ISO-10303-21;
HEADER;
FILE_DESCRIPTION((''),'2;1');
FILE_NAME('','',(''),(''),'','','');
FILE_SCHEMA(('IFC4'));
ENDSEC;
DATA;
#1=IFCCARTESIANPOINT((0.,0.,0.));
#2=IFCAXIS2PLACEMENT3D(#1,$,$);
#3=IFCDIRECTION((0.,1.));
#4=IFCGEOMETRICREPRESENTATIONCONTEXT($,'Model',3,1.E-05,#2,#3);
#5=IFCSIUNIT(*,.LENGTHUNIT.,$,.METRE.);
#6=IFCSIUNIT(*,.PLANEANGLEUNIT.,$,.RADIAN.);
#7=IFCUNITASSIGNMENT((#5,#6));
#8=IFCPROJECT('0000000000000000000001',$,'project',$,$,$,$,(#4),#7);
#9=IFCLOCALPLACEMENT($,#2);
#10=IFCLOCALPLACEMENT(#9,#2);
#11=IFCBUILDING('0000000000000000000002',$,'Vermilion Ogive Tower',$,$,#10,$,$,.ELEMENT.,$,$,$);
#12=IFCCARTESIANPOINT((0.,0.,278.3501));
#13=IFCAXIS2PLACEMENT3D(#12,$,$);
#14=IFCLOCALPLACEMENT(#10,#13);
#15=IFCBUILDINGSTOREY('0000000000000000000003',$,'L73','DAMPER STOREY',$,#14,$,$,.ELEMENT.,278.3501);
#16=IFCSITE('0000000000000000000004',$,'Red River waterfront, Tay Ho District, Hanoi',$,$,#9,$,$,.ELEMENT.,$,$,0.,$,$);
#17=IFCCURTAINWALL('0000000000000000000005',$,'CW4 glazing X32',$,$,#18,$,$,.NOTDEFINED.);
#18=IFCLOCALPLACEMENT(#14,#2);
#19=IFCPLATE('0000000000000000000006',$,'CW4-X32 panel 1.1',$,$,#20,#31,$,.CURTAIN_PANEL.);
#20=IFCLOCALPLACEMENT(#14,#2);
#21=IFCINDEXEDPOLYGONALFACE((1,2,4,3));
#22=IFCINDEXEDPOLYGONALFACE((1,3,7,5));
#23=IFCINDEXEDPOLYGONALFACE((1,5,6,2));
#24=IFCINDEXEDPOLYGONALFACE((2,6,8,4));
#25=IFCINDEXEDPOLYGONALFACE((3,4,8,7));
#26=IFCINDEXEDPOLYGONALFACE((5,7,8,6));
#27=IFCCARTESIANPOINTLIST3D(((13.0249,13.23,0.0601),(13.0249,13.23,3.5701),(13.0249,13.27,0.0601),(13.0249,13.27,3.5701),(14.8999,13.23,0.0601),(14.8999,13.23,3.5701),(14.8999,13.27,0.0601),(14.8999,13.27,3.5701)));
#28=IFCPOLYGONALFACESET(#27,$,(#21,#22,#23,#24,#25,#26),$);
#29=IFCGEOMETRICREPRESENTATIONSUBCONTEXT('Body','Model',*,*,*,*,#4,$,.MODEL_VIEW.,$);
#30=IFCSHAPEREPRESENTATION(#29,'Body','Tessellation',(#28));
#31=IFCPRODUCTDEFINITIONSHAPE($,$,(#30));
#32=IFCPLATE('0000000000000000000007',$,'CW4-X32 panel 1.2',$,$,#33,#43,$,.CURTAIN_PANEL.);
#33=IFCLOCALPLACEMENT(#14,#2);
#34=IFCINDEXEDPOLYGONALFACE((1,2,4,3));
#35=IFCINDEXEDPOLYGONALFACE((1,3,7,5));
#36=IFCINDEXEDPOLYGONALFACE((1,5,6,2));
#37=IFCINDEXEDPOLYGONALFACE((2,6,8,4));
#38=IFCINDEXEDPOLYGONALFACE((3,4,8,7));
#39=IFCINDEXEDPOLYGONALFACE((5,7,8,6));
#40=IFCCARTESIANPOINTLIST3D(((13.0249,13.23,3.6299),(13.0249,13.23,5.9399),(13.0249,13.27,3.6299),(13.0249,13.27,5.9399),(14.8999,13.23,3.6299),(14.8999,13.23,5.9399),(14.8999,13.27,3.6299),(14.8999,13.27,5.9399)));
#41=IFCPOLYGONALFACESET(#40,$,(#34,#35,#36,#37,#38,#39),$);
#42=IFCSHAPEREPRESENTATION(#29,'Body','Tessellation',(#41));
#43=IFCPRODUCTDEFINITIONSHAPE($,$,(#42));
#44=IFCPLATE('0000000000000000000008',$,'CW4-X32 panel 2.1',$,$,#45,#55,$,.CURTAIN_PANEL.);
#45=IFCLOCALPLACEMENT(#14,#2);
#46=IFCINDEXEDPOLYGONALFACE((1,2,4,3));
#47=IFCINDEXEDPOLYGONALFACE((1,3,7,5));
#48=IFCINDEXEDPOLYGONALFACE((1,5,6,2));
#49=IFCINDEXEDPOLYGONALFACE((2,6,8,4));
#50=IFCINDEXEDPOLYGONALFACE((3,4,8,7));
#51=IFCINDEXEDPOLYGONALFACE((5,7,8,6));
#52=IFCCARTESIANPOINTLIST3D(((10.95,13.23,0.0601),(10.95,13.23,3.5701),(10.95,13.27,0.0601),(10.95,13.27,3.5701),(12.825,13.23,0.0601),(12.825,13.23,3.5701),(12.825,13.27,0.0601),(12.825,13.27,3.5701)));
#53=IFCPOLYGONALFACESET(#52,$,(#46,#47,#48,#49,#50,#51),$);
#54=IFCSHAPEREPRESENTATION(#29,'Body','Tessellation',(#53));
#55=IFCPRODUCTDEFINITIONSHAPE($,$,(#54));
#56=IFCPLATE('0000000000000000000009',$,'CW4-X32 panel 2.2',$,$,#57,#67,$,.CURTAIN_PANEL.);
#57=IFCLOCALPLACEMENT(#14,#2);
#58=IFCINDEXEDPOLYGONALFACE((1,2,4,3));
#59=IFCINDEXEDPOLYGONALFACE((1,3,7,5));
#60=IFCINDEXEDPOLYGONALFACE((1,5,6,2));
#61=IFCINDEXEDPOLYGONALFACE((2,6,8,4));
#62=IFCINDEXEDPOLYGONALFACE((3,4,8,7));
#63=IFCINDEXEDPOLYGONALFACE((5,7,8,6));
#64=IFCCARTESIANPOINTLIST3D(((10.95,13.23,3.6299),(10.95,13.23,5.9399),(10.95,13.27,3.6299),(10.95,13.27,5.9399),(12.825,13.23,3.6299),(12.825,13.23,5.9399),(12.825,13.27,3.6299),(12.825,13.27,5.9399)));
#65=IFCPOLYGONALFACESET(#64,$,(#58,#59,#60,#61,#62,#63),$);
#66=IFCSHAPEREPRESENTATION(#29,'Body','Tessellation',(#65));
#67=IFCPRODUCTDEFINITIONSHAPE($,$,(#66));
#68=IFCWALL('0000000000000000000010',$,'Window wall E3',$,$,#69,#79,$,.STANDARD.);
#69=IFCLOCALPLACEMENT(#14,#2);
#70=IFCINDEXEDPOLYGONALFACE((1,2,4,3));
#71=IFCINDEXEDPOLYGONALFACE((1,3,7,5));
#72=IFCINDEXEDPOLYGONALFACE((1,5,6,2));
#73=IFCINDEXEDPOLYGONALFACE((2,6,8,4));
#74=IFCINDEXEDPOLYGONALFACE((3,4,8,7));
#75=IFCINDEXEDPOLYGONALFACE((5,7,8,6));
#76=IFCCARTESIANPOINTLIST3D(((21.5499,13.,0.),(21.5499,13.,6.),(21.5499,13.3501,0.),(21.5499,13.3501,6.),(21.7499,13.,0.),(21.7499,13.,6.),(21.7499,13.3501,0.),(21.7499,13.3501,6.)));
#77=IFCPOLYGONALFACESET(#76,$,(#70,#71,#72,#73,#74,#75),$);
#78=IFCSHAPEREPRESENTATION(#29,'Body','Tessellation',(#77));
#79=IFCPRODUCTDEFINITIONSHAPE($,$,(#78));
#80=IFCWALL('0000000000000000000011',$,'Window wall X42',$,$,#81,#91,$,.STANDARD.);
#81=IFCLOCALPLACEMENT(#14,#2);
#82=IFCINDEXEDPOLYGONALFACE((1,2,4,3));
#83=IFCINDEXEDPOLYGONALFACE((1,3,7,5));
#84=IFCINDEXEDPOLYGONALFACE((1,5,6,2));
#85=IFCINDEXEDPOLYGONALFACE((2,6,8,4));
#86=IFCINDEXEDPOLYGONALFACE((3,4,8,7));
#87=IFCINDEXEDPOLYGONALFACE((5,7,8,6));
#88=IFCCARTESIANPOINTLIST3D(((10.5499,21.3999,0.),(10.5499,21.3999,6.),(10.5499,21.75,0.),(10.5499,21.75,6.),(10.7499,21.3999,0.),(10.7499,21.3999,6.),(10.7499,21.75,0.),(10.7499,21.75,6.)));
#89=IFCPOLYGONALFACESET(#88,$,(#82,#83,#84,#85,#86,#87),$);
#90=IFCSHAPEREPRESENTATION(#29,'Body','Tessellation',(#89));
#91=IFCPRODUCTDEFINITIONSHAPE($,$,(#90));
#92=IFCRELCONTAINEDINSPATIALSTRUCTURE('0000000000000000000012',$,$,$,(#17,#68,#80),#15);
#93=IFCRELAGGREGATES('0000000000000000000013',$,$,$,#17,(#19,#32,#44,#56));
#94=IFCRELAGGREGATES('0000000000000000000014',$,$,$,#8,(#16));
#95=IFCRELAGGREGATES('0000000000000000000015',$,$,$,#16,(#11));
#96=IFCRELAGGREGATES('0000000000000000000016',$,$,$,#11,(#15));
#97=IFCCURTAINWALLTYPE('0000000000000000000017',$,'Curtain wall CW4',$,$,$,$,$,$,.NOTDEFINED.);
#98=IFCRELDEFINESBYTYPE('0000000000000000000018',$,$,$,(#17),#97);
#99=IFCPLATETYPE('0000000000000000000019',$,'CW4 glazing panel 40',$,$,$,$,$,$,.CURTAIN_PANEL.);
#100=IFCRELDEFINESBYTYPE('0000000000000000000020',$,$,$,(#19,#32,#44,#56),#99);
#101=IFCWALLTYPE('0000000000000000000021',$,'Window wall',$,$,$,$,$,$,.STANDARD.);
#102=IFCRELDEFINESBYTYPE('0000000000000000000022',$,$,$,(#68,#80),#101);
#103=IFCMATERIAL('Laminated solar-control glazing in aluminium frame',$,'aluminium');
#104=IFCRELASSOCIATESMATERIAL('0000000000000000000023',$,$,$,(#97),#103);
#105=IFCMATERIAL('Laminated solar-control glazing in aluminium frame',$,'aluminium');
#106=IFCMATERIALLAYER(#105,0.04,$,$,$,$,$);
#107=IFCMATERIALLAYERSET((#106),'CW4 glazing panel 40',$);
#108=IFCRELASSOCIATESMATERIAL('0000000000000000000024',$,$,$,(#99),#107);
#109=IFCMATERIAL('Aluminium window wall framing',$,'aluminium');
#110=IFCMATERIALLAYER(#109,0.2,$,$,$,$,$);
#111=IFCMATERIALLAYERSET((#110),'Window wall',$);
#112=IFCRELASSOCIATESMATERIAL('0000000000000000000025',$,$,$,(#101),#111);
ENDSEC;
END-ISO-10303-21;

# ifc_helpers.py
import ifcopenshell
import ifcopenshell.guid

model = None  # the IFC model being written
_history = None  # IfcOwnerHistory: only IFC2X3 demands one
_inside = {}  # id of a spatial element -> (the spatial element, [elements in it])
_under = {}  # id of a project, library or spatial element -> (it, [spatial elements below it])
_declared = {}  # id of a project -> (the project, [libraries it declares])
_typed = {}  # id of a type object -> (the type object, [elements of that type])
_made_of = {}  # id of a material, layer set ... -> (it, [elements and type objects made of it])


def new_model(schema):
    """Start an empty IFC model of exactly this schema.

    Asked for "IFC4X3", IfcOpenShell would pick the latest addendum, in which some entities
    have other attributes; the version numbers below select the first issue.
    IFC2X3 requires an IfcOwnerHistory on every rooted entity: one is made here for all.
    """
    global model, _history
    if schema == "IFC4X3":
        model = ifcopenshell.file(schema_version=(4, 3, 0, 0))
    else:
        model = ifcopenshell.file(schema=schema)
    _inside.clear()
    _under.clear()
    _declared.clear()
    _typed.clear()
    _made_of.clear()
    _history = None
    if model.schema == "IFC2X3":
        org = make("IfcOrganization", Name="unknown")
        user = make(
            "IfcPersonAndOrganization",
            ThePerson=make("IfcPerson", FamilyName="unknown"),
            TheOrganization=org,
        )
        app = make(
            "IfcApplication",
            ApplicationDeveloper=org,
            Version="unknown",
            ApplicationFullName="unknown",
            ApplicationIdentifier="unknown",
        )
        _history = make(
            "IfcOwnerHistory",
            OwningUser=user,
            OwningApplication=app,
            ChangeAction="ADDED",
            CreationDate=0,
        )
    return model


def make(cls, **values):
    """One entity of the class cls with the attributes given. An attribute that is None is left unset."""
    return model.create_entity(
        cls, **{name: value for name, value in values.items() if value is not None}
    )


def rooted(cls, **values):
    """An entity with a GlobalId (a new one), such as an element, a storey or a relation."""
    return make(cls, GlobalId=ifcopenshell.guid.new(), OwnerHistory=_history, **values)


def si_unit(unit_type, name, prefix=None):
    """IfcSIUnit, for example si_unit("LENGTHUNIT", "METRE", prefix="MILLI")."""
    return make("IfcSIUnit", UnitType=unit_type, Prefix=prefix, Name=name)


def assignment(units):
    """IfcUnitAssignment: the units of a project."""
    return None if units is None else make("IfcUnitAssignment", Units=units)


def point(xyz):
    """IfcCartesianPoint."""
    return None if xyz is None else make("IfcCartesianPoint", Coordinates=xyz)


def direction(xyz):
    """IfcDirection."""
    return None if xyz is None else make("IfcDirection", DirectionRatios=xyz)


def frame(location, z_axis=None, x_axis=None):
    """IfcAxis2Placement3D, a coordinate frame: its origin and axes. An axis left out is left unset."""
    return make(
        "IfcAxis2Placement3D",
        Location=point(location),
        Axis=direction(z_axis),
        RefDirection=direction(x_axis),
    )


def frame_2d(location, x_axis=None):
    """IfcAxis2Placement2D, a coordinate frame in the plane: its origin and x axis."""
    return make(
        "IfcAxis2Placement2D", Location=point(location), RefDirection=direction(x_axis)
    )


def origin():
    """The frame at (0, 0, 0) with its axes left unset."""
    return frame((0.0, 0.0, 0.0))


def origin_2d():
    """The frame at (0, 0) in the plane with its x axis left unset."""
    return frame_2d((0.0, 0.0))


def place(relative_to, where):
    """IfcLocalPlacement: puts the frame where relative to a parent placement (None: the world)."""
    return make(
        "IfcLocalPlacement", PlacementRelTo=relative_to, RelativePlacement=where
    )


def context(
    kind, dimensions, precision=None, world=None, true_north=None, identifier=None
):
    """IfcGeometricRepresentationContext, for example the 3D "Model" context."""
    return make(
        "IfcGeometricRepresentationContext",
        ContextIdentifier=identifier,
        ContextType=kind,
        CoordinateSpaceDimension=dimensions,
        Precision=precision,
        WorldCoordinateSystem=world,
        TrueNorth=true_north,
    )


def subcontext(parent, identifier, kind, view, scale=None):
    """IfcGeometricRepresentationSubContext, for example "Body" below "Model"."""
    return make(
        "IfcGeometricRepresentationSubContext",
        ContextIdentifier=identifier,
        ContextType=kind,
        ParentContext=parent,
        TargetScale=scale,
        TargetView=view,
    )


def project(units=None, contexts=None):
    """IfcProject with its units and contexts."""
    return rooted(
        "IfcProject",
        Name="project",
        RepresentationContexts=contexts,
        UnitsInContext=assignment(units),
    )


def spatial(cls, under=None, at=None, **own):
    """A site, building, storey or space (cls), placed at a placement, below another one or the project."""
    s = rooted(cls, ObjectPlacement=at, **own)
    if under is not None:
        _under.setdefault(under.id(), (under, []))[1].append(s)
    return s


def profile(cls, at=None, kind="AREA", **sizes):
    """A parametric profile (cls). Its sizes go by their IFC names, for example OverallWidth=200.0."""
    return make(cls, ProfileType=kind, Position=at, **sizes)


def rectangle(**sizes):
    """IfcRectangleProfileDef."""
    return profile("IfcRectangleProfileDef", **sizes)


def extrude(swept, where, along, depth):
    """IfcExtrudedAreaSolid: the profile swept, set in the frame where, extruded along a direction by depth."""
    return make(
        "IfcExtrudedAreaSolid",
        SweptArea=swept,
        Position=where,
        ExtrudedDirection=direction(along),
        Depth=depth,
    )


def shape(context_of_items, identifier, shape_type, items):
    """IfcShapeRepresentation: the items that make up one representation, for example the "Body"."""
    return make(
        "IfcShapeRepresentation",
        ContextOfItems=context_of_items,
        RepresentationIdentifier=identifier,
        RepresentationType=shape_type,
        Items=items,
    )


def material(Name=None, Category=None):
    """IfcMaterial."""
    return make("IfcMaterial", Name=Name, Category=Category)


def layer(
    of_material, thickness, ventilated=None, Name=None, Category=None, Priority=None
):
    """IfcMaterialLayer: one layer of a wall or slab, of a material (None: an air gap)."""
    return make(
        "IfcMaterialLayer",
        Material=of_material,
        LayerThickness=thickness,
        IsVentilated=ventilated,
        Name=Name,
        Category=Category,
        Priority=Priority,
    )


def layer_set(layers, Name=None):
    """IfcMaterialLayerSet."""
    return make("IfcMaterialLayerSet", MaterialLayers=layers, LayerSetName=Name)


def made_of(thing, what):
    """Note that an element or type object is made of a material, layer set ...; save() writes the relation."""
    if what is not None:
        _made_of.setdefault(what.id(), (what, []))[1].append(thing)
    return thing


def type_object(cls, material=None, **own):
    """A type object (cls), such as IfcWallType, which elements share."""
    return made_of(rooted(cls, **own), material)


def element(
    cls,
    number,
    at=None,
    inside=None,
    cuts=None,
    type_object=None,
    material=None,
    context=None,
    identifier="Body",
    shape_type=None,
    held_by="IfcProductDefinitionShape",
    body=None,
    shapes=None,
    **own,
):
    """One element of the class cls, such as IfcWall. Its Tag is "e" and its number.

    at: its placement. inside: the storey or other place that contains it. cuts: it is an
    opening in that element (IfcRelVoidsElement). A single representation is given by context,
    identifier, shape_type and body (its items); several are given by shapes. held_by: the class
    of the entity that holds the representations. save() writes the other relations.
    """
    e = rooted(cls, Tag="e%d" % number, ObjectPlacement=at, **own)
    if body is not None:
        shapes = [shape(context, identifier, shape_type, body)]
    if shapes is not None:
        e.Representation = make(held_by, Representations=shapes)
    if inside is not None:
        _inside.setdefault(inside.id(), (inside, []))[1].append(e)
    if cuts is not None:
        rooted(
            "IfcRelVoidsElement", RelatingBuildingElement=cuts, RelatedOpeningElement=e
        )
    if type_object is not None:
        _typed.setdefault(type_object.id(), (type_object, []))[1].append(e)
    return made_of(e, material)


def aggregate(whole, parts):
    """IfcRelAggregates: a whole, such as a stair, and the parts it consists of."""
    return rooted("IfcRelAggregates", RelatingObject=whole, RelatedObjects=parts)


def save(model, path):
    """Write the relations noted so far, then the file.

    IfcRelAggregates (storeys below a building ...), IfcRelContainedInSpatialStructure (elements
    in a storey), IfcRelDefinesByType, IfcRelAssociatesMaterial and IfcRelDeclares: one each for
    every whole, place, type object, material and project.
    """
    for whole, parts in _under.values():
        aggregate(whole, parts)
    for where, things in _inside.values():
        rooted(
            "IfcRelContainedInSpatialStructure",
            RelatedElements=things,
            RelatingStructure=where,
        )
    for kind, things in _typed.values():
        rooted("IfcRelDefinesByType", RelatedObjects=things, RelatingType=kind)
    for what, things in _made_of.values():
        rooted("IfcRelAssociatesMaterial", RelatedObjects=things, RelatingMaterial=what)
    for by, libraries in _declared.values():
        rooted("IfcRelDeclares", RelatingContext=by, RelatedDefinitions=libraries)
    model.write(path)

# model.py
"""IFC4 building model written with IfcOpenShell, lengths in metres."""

from ifc_helpers import new_model, si_unit, direction, frame, frame_2d, origin, origin_2d, place, context, subcontext, project, spatial, rectangle, extrude, material, layer, layer_set, type_object, element, aggregate, save


model = new_model("IFC4")

# Units and contexts
model_context = context("Model", 3, precision=1e-05, world=origin(), true_north=direction((0.0, 1.0)))
body_context = subcontext(model_context, "Body", "Model", "MODEL_VIEW")
ifc_project = project(units=[si_unit("LENGTHUNIT", "METRE"), si_unit("PLANEANGLEUNIT", "RADIAN")], contexts=[model_context])

# Site, building, storey
site_placement = place(None, origin())
site = spatial("IfcSite", under=ifc_project, at=site_placement, Name="Red River waterfront, Tay Ho District, Hanoi", CompositionType="ELEMENT", RefElevation=0.0)
building_placement = place(site_placement, origin())
building = spatial("IfcBuilding", under=site, at=building_placement, Name="Vermilion Ogive Tower", CompositionType="ELEMENT")
storey_placement = place(building_placement, frame((0.0, 0.0, 278.3501)))
storey = spatial("IfcBuildingStorey", under=building, at=storey_placement, Name="L73", Description="DAMPER STOREY", CompositionType="ELEMENT", Elevation=278.3501)

# Shared definitions
ifc_material_1 = material(Name="Laminated solar-control glazing in aluminium frame", Category="aluminium")
curtain_wall_type = type_object("IfcCurtainWallType", Name="Curtain wall CW4", PredefinedType="NOTDEFINED", material=ifc_material_1)

# Curtain wall
curtain_wall_1_placement = place(storey_placement, origin())
curtain_wall_1 = element("IfcCurtainWall", 1, at=curtain_wall_1_placement, inside=storey, type_object=curtain_wall_type, Name="CW4 glazing X32", PredefinedType="NOTDEFINED")

# Plates
ifc_material_2 = material(Name="Laminated solar-control glazing in aluminium frame", Category="aluminium")
ifc_layer_1 = layer(ifc_material_2, 0.04)
ifc_layer_set_1 = layer_set([ifc_layer_1], Name="CW4 glazing panel 40")
plate_type = type_object("IfcPlateType", Name="CW4 glazing panel 40", PredefinedType="CURTAIN_PANEL", material=ifc_layer_set_1)
plate_1_placement = place(storey_placement, frame((13.9624, 13.25, 0.0601), z_axis=(0.0, 0.0, 1.0), x_axis=(-1.0, 0.0, 0.0)))
plate_1 = element("IfcPlate", 2, at=plate_1_placement, type_object=plate_type, Name="CW4-X32 panel 1.1", PredefinedType="CURTAIN_PANEL", context=body_context, shape_type="SweptSolid", body=[
    extrude(rectangle(XDim=1.875, YDim=0.04, at=origin_2d()), origin(), (0.0, 0.0, 1.0), 3.51),
])
plate_2_placement = place(storey_placement, frame((13.9624, 13.25, 3.6299), z_axis=(0.0, 0.0, 1.0), x_axis=(-1.0, 0.0, 0.0)))
plate_2 = element("IfcPlate", 3, at=plate_2_placement, type_object=plate_type, Name="CW4-X32 panel 1.2", PredefinedType="CURTAIN_PANEL", context=body_context, shape_type="SweptSolid", body=[
    extrude(rectangle(XDim=1.875, YDim=0.04, at=origin_2d()), origin(), (0.0, 0.0, 1.0), 2.3101),
])
plate_3_placement = place(storey_placement, frame((11.8875, 13.25, 0.0601), z_axis=(0.0, 0.0, 1.0), x_axis=(-1.0, 0.0, 0.0)))
plate_3 = element("IfcPlate", 4, at=plate_3_placement, type_object=plate_type, Name="CW4-X32 panel 2.1", PredefinedType="CURTAIN_PANEL", context=body_context, shape_type="SweptSolid", body=[
    extrude(rectangle(XDim=1.875, YDim=0.04, at=origin_2d()), origin(), (0.0, 0.0, 1.0), 3.51),
])
plate_4_placement = place(storey_placement, frame((11.8875, 13.25, 3.6299), z_axis=(0.0, 0.0, 1.0), x_axis=(-1.0, 0.0, 0.0)))
plate_4 = element("IfcPlate", 5, at=plate_4_placement, type_object=plate_type, Name="CW4-X32 panel 2.2", PredefinedType="CURTAIN_PANEL", context=body_context, shape_type="SweptSolid", body=[
    extrude(rectangle(XDim=1.875, YDim=0.04, at=origin_2d()), origin(), (0.0, 0.0, 1.0), 2.3101),
])
aggregate(curtain_wall_1, [plate_1, plate_2, plate_3, plate_4])

# Walls
ifc_material_3 = material(Name="Aluminium window wall framing", Category="aluminium")
ifc_layer_2 = layer(ifc_material_3, 0.2)
ifc_layer_set_2 = layer_set([ifc_layer_2], Name="Window wall")
wall_type = type_object("IfcWallType", Name="Window wall", PredefinedType="STANDARD", material=ifc_layer_set_2)
for number, where, z_axis, x_axis, name in (
    (6, (21.6499, 13.0, 0.0), (0.0, 0.0, 1.0), (0.0, 1.0, 0.0), "Window wall E3"),
    (7, (10.6499, 21.3999, 0.0), (0.0, 0.0, 1.0), (0.0, 1.0, 0.0), "Window wall X42"),
):
    element("IfcWall", number, at=place(storey_placement, frame(where, z_axis=z_axis, x_axis=x_axis)), inside=storey, type_object=wall_type, Name=name, PredefinedType="STANDARD", context=body_context, shape_type="SweptSolid", body=[
        extrude(rectangle(XDim=0.3501, YDim=0.2, at=frame_2d((0.175, 0.0))), origin(), (0.0, 0.0, 1.0), 6.0),
    ])

save(model, "model.ifc")
